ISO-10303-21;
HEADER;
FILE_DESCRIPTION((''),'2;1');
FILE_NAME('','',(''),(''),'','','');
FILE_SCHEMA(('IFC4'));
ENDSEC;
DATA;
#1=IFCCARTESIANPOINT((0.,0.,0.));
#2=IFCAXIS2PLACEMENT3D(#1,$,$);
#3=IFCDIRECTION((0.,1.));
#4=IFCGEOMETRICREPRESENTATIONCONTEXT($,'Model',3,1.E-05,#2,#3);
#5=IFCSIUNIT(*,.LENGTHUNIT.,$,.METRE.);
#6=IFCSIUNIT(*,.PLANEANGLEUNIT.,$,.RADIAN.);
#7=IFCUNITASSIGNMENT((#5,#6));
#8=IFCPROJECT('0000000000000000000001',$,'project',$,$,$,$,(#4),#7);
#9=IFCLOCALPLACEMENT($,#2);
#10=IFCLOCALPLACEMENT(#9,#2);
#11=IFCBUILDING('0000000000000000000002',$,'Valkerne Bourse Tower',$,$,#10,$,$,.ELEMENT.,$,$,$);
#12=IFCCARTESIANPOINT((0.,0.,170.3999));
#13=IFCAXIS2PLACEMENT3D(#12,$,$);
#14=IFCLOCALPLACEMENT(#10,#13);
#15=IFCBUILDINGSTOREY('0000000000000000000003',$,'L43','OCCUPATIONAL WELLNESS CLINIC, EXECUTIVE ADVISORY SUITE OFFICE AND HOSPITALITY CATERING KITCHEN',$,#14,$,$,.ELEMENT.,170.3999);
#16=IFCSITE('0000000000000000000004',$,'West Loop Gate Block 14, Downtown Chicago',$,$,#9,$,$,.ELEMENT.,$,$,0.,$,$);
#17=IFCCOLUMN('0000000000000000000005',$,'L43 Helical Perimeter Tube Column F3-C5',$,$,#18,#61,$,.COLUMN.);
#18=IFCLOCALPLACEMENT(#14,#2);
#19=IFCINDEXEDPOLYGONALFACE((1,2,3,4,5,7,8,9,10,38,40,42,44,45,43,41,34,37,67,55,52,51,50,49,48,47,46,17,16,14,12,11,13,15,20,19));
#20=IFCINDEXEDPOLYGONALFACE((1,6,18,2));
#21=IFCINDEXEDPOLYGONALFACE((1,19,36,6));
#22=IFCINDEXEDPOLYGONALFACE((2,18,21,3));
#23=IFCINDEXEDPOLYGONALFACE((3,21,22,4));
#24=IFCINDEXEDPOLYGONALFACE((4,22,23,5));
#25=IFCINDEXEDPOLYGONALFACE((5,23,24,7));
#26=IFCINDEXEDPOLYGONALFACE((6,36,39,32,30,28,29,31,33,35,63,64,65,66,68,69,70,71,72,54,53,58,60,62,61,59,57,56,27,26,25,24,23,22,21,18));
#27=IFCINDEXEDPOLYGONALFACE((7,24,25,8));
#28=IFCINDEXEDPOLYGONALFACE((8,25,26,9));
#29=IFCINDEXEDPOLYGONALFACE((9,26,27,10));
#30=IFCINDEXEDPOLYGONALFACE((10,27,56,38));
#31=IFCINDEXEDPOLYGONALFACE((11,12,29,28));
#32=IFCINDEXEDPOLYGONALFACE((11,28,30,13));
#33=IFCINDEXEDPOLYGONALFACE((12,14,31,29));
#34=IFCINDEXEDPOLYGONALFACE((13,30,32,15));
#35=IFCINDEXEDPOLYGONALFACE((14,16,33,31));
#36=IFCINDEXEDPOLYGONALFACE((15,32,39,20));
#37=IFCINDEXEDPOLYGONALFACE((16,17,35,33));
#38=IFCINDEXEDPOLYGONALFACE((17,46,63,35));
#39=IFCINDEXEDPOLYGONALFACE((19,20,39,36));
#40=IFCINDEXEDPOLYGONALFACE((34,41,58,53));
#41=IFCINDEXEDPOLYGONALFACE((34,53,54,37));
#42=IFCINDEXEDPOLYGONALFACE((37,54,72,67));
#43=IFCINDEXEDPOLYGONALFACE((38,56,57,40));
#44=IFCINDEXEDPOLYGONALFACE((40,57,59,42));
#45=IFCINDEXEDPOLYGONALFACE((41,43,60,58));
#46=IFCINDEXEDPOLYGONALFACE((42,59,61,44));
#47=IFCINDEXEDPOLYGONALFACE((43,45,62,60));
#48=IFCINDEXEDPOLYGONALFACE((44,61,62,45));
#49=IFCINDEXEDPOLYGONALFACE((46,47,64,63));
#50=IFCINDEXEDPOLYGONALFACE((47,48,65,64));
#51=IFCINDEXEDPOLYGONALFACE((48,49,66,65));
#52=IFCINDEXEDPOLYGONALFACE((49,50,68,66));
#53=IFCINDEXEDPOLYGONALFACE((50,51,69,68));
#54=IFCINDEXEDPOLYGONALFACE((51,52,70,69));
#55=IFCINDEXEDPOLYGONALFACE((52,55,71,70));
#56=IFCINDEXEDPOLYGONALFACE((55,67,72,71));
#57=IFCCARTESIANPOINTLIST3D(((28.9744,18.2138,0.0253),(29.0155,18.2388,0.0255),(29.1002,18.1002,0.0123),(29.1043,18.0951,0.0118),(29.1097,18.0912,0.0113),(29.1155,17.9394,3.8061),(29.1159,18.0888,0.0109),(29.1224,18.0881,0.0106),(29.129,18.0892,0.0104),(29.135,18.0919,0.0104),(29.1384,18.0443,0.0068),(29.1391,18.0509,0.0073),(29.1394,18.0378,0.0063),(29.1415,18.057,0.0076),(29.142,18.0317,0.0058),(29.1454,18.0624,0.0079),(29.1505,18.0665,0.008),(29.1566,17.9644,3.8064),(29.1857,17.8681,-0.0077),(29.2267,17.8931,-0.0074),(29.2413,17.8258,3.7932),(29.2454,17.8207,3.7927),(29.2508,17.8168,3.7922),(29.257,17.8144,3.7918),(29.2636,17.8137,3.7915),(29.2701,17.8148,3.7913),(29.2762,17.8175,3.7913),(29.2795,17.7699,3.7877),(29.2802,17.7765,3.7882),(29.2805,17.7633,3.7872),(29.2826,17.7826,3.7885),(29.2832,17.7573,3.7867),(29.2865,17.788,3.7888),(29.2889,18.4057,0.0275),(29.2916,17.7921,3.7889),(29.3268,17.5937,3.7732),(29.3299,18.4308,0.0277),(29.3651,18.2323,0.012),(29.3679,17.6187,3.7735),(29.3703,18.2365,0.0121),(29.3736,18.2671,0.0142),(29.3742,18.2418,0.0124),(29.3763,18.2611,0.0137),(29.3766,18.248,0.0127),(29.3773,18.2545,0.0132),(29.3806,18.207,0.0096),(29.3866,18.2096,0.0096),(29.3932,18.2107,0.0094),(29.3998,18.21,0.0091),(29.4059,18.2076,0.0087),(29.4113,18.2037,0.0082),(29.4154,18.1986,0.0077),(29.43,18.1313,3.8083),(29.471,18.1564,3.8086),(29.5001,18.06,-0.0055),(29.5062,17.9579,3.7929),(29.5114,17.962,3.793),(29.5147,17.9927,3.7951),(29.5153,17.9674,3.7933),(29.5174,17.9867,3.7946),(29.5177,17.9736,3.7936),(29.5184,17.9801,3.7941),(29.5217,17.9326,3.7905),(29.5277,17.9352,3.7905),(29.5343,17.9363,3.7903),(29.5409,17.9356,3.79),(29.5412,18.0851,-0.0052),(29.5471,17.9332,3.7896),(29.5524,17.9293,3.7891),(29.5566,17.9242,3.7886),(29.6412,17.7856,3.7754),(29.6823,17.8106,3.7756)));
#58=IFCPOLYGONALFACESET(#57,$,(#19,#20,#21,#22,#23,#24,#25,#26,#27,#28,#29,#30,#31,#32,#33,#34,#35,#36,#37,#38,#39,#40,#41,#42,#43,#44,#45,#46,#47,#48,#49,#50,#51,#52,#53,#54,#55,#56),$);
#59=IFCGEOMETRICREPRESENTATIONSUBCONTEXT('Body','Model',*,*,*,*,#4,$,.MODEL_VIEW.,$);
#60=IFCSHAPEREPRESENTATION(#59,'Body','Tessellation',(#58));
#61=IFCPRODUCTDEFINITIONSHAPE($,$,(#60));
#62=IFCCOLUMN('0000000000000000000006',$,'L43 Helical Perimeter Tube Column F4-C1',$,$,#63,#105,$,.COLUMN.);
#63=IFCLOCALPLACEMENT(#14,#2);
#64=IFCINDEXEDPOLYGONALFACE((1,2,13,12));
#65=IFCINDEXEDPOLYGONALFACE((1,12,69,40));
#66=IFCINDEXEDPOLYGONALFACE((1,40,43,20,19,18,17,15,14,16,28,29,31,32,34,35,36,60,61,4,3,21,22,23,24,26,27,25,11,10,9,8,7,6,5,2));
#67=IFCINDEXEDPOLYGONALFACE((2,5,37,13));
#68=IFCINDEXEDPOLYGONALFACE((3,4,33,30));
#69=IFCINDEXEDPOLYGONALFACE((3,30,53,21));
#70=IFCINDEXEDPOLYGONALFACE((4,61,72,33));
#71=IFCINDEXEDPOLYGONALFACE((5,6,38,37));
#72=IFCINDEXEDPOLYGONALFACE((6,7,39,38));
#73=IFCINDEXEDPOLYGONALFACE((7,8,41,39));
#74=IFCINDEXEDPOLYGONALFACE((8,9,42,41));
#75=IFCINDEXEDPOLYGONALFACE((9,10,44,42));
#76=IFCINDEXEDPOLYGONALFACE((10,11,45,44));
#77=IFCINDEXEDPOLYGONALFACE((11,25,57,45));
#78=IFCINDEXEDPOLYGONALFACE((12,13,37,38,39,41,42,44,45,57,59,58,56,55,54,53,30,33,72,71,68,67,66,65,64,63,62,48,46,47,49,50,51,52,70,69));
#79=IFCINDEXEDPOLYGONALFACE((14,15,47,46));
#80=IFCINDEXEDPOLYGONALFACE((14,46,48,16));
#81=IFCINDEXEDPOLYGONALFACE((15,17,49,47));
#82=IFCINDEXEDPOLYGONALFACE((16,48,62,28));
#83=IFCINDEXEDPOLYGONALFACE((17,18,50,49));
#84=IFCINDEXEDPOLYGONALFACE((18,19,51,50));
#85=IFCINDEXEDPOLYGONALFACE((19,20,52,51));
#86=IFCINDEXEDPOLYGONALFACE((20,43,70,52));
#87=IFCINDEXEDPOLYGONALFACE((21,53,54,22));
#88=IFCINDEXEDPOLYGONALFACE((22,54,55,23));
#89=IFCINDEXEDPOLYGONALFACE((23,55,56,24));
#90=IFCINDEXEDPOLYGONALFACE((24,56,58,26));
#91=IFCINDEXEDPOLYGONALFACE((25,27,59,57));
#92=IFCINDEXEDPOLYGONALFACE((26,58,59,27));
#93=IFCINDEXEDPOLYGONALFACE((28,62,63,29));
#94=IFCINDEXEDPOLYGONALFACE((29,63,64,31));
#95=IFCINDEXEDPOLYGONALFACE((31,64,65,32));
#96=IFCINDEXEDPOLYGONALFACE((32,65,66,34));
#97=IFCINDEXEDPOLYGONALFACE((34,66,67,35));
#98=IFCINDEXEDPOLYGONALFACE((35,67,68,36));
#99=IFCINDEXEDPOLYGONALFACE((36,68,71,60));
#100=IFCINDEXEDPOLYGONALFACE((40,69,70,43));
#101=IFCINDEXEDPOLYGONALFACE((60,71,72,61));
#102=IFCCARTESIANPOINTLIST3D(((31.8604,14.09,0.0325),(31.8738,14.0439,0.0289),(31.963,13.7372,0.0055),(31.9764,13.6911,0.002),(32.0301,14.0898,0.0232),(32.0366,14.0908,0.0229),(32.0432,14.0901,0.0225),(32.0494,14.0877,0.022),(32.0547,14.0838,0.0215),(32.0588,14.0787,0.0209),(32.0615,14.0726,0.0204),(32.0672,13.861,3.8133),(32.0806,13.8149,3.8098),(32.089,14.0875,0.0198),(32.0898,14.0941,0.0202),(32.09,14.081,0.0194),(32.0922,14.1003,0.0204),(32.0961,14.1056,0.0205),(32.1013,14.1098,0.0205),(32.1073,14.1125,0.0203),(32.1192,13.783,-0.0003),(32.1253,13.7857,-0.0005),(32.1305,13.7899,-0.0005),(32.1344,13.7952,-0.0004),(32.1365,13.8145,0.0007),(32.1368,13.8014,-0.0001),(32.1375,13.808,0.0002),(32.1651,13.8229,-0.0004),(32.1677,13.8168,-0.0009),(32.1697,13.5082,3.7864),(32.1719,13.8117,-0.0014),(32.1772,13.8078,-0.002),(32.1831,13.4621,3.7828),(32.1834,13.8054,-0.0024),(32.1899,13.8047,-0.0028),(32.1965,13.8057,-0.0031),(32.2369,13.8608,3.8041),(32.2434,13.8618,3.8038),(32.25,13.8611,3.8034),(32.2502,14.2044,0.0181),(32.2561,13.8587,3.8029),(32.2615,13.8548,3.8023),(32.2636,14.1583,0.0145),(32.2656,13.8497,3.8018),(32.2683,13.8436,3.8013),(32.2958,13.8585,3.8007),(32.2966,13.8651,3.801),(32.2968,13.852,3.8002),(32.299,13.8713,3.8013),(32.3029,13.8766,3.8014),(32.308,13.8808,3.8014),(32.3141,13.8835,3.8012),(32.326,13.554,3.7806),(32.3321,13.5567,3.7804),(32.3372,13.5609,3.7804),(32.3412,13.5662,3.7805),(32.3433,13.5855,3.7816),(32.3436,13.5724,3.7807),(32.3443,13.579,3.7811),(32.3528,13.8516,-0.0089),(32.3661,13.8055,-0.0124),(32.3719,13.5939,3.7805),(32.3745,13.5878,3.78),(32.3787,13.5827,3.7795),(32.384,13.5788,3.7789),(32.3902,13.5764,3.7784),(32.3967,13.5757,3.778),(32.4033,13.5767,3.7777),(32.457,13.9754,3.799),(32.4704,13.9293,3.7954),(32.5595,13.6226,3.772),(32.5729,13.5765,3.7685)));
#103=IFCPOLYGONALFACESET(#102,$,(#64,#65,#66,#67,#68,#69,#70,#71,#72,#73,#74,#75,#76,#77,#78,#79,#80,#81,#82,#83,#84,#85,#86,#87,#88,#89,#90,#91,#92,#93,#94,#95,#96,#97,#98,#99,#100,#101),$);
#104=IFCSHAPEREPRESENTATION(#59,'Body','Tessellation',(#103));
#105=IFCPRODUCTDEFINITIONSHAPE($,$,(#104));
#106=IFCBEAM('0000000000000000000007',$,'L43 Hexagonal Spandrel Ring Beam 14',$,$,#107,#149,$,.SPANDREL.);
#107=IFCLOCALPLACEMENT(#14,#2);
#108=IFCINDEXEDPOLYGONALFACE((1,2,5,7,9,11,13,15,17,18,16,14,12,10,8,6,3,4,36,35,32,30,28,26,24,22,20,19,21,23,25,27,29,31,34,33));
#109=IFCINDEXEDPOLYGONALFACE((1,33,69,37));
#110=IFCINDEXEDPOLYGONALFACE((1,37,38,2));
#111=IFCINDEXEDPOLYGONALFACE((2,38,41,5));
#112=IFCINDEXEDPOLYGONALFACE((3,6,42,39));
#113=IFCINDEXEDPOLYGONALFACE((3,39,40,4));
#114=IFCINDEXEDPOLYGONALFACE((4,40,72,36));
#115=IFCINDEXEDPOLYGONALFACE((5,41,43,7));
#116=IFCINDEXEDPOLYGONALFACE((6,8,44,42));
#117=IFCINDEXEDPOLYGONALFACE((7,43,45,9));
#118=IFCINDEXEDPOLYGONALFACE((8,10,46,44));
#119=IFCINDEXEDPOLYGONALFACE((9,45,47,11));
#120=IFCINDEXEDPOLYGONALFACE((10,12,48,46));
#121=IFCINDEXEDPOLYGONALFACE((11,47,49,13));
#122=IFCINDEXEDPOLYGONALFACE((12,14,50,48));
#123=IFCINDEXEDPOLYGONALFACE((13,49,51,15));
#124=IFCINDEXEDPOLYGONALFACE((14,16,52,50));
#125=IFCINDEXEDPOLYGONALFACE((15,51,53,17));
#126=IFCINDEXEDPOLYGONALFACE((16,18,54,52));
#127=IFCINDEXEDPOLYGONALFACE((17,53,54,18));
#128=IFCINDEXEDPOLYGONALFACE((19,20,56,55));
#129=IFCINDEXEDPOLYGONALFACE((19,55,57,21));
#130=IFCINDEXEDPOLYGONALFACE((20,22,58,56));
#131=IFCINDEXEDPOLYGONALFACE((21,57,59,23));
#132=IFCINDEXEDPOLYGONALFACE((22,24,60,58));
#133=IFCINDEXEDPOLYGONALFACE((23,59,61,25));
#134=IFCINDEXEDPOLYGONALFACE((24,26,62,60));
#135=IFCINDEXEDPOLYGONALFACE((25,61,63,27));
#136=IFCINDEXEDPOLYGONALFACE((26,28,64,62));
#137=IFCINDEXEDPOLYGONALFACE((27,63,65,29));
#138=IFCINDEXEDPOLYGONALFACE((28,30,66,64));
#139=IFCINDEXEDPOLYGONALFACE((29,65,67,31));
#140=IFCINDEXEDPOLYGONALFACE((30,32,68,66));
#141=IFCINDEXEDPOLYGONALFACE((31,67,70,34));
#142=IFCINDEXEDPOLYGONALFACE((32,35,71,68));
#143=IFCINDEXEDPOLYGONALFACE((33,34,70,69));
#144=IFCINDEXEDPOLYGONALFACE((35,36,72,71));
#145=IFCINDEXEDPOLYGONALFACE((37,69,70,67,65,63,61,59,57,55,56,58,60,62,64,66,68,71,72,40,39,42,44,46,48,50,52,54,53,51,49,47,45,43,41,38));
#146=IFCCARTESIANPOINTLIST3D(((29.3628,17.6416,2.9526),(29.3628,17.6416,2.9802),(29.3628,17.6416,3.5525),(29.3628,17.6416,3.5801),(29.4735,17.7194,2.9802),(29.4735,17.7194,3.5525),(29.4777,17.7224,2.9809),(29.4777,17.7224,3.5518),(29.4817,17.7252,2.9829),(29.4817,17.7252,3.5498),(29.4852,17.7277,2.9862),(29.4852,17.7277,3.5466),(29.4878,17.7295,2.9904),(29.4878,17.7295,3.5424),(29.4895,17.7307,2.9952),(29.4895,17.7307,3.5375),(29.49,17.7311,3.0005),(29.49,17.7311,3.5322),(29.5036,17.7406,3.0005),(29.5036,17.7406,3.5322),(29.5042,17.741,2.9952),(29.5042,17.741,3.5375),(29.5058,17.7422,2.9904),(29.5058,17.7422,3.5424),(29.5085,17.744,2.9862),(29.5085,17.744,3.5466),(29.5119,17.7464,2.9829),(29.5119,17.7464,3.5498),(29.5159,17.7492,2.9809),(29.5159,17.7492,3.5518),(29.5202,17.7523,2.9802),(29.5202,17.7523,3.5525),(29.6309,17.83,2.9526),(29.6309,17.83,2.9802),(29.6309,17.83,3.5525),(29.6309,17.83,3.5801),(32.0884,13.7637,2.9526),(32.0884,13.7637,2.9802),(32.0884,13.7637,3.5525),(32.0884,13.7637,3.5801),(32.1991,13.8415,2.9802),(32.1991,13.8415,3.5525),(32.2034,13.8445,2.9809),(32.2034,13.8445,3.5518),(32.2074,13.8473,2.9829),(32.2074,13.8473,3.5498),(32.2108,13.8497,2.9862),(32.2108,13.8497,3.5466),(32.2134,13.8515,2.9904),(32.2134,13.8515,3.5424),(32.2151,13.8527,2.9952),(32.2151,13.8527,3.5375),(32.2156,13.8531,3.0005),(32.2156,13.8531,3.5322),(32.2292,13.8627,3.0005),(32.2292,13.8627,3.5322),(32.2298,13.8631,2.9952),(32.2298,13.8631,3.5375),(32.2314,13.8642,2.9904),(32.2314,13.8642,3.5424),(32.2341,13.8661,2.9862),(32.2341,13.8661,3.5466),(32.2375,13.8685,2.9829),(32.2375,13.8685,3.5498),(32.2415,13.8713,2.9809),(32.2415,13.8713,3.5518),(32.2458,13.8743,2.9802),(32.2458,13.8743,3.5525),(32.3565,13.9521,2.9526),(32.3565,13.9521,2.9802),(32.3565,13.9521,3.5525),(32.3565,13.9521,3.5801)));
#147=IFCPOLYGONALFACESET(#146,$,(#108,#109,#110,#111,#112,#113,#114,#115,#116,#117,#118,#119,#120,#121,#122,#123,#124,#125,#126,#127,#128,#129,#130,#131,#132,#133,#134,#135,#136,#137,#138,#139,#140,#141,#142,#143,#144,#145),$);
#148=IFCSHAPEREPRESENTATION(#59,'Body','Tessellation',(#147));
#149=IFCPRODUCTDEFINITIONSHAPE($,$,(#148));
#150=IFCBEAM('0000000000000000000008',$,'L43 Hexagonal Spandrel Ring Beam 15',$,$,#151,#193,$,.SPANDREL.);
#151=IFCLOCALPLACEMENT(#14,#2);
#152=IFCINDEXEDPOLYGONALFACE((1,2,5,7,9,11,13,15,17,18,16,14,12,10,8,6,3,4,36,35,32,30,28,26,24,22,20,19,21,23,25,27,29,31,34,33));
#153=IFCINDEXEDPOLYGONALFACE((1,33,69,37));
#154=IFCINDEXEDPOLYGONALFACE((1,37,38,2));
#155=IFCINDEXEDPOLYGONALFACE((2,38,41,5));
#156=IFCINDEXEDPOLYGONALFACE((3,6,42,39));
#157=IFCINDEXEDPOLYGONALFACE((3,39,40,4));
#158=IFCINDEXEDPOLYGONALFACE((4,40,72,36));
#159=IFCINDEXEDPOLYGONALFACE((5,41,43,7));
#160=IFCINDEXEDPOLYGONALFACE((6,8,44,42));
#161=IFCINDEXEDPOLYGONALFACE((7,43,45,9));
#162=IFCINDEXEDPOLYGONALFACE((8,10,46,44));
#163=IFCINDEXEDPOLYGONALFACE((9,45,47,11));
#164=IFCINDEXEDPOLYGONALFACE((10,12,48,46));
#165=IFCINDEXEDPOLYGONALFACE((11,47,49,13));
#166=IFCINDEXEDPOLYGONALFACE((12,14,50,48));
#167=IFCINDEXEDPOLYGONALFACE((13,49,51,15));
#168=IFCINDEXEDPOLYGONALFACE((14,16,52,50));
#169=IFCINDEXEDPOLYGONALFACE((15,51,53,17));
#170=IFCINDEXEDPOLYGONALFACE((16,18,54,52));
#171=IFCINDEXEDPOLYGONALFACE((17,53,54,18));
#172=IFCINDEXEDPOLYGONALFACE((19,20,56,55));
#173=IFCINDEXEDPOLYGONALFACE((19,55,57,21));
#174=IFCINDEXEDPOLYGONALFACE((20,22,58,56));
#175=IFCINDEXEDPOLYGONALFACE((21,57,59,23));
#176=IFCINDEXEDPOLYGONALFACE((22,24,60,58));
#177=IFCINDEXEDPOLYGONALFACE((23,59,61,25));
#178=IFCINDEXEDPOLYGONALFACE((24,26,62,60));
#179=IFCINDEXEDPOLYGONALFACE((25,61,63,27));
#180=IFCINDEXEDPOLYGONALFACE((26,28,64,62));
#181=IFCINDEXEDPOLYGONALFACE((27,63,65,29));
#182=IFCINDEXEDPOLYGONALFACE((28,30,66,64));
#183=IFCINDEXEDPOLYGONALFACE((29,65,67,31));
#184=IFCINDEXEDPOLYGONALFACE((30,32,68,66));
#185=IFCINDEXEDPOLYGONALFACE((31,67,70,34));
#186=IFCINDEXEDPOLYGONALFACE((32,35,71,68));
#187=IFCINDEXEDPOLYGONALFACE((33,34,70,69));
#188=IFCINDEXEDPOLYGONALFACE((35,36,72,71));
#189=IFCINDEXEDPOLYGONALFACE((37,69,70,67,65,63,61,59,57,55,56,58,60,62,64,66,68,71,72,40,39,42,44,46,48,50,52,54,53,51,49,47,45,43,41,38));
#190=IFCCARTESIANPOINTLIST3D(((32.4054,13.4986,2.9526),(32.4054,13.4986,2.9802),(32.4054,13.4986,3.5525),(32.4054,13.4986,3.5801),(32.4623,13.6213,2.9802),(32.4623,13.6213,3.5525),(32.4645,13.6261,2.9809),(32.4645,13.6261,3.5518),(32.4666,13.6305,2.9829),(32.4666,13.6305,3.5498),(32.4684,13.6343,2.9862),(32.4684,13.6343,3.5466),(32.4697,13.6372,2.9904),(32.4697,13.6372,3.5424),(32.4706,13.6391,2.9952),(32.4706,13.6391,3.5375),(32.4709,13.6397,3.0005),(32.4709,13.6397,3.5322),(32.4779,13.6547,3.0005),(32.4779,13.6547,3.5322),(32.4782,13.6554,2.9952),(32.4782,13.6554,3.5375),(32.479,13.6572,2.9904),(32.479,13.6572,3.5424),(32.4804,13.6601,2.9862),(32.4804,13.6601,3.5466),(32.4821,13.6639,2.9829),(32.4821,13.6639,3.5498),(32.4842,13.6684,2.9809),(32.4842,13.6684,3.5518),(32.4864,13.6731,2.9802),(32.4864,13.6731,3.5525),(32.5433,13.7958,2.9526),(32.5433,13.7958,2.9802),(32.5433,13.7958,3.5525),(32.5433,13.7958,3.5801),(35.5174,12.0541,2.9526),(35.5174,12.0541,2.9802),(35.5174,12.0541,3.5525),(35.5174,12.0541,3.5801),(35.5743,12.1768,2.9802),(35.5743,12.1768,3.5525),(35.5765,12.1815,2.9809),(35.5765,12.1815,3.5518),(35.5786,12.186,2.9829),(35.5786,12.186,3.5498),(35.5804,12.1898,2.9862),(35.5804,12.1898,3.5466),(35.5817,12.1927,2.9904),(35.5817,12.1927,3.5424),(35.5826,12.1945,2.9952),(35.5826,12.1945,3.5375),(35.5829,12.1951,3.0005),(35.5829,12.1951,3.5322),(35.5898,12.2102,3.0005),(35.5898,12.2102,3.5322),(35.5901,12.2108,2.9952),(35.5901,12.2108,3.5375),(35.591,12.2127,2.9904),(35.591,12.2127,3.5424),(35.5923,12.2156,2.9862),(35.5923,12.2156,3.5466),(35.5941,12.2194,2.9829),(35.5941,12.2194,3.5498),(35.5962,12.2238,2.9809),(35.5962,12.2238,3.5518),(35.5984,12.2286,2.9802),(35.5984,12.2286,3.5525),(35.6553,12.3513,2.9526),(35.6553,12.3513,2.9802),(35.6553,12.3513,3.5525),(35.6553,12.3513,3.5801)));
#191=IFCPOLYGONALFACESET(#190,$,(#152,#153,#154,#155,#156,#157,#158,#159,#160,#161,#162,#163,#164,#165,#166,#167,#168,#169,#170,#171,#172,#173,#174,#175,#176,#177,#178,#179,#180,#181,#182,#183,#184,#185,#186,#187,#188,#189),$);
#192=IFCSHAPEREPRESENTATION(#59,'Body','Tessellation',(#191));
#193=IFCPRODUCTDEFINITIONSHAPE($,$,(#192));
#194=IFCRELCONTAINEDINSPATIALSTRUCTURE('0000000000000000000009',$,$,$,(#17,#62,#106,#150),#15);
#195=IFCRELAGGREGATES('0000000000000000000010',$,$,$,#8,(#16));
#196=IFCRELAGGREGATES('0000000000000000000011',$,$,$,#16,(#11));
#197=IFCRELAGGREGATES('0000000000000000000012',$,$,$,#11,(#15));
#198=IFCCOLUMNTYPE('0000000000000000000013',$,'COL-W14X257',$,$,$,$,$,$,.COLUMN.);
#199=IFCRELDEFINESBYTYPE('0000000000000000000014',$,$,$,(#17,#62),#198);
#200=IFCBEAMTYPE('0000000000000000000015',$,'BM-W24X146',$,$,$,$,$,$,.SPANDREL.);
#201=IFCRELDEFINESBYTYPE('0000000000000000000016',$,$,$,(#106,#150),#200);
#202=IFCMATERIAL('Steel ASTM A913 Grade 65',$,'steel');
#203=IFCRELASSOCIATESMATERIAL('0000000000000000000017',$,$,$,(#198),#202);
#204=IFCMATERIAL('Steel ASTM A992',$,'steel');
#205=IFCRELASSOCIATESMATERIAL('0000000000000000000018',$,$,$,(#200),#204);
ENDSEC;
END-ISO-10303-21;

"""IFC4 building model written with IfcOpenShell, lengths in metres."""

from ifc_helpers import new_model, si_unit, direction, frame, origin, origin_2d, place, context, subcontext, project, spatial, i_section, extrude, material, material_profile, profile_set, type_object, element, save


model = new_model("IFC4")

# Units and contexts
model_context = context("Model", 3, precision=1e-05, world=origin(), true_north=direction((0.0, 1.0)))
body_context = subcontext(model_context, "Body", "Model", "MODEL_VIEW")
ifc_project = project(units=[si_unit("LENGTHUNIT", "METRE"), si_unit("PLANEANGLEUNIT", "RADIAN")], contexts=[model_context])

# Site, building, storey
site_placement = place(None, origin())
site = spatial("IfcSite", under=ifc_project, at=site_placement, Name="West Loop Gate Block 14, Downtown Chicago", CompositionType="ELEMENT", RefElevation=0.0)
building_placement = place(site_placement, origin())
building = spatial("IfcBuilding", under=site, at=building_placement, Name="Valkerne Bourse Tower", CompositionType="ELEMENT")
storey_placement = place(building_placement, frame((0.0, 0.0, 170.3999)))
storey = spatial("IfcBuildingStorey", under=building, at=storey_placement, Name="L43", Description="OCCUPATIONAL WELLNESS CLINIC, EXECUTIVE ADVISORY SUITE OFFICE AND HOSPITALITY CATERING KITCHEN", CompositionType="ELEMENT", Elevation=170.3999)

# Columns
ifc_material_1 = material(Name="Steel ASTM A913 Grade 65", Category="steel")
ifc_material_profile_1 = material_profile(ifc_material_1, i_section(OverallWidth=0.4065, OverallDepth=0.4165, WebThickness=0.0298, FlangeThickness=0.0481, FilletRadius=0.0254, at=origin_2d()), Name="W14X257")
ifc_profile_set_1 = profile_set([ifc_material_profile_1], Name="Steel ASTM A913 Grade 65")
column_type = type_object("IfcColumnType", Name="COL-W14X257", PredefinedType="COLUMN", material=ifc_profile_set_1)
for number, where, z_axis, x_axis, name in (
    (1, (29.2578, 18.1494, 0.01), (0.037198, -0.072337, 0.996686), (0.519704, -0.850486, -0.081122), "L43 Helical Perimeter Tube Column F3-C5"),
    (2, (32.1133, 13.9478, 0.01), (0.05451, -0.060366, 0.996687), (0.958929, 0.281428, -0.0354), "L43 Helical Perimeter Tube Column F4-C1"),
):
    element("IfcColumn", number, at=place(storey_placement, frame(where, z_axis=z_axis, x_axis=x_axis)), inside=storey, type_object=column_type, Name=name, PredefinedType="COLUMN", context=body_context, shape_type="SweptSolid", body=[
        extrude(i_section(OverallWidth=0.4065, OverallDepth=0.4165, WebThickness=0.0298, FlangeThickness=0.0481, FilletRadius=0.0254, at=origin_2d()), origin(), (0.0, 0.0, 1.0), 3.7935),
    ])

# Beams
ifc_material_2 = material(Name="Steel ASTM A992", Category="steel")
ifc_material_profile_2 = material_profile(ifc_material_2, i_section(OverallWidth=0.3276, OverallDepth=0.6274, WebThickness=0.0166, FlangeThickness=0.0276, FilletRadius=0.0203, at=origin_2d()), Name="W24X146")
ifc_profile_set_2 = profile_set([ifc_material_profile_2], Name="Steel ASTM A992")
beam_type_1 = type_object("IfcBeamType", Name="BM-W24X146", PredefinedType="SPANDREL", material=ifc_profile_set_2)
beam_1_placement = place(storey_placement, frame((29.4968, 17.7358, 3.2664), z_axis=(0.575024, -0.818137, 0.0), x_axis=(0.818137, 0.575024, 0.0)))
element("IfcBeam", 3, at=beam_1_placement, inside=storey, type_object=beam_type_1, Name="L43 Hexagonal Spandrel Ring Beam 14", PredefinedType="SPANDREL", context=body_context, shape_type="SweptSolid", body=[
    extrude(i_section(OverallWidth=0.3276, OverallDepth=0.6274, WebThickness=0.0166, FlangeThickness=0.0276, FilletRadius=0.0203, at=origin_2d()), origin(), (0.0, 0.0, 1.0), 4.74),
])
beam_2_placement = place(storey_placement, frame((32.4744, 13.6472, 3.2664), z_axis=(0.907043, -0.421038, 0.0), x_axis=(0.421038, 0.907043, 0.0)))
element("IfcBeam", 4, at=beam_2_placement, inside=storey, type_object=beam_type_1, Name="L43 Hexagonal Spandrel Ring Beam 15", PredefinedType="SPANDREL", context=body_context, shape_type="SweptSolid", body=[
    extrude(i_section(OverallWidth=0.3276, OverallDepth=0.6274, WebThickness=0.0166, FlangeThickness=0.0276, FilletRadius=0.0203, at=origin_2d()), origin(), (0.0, 0.0, 1.0), 3.4309),
])

save(model, "model.ifc")
